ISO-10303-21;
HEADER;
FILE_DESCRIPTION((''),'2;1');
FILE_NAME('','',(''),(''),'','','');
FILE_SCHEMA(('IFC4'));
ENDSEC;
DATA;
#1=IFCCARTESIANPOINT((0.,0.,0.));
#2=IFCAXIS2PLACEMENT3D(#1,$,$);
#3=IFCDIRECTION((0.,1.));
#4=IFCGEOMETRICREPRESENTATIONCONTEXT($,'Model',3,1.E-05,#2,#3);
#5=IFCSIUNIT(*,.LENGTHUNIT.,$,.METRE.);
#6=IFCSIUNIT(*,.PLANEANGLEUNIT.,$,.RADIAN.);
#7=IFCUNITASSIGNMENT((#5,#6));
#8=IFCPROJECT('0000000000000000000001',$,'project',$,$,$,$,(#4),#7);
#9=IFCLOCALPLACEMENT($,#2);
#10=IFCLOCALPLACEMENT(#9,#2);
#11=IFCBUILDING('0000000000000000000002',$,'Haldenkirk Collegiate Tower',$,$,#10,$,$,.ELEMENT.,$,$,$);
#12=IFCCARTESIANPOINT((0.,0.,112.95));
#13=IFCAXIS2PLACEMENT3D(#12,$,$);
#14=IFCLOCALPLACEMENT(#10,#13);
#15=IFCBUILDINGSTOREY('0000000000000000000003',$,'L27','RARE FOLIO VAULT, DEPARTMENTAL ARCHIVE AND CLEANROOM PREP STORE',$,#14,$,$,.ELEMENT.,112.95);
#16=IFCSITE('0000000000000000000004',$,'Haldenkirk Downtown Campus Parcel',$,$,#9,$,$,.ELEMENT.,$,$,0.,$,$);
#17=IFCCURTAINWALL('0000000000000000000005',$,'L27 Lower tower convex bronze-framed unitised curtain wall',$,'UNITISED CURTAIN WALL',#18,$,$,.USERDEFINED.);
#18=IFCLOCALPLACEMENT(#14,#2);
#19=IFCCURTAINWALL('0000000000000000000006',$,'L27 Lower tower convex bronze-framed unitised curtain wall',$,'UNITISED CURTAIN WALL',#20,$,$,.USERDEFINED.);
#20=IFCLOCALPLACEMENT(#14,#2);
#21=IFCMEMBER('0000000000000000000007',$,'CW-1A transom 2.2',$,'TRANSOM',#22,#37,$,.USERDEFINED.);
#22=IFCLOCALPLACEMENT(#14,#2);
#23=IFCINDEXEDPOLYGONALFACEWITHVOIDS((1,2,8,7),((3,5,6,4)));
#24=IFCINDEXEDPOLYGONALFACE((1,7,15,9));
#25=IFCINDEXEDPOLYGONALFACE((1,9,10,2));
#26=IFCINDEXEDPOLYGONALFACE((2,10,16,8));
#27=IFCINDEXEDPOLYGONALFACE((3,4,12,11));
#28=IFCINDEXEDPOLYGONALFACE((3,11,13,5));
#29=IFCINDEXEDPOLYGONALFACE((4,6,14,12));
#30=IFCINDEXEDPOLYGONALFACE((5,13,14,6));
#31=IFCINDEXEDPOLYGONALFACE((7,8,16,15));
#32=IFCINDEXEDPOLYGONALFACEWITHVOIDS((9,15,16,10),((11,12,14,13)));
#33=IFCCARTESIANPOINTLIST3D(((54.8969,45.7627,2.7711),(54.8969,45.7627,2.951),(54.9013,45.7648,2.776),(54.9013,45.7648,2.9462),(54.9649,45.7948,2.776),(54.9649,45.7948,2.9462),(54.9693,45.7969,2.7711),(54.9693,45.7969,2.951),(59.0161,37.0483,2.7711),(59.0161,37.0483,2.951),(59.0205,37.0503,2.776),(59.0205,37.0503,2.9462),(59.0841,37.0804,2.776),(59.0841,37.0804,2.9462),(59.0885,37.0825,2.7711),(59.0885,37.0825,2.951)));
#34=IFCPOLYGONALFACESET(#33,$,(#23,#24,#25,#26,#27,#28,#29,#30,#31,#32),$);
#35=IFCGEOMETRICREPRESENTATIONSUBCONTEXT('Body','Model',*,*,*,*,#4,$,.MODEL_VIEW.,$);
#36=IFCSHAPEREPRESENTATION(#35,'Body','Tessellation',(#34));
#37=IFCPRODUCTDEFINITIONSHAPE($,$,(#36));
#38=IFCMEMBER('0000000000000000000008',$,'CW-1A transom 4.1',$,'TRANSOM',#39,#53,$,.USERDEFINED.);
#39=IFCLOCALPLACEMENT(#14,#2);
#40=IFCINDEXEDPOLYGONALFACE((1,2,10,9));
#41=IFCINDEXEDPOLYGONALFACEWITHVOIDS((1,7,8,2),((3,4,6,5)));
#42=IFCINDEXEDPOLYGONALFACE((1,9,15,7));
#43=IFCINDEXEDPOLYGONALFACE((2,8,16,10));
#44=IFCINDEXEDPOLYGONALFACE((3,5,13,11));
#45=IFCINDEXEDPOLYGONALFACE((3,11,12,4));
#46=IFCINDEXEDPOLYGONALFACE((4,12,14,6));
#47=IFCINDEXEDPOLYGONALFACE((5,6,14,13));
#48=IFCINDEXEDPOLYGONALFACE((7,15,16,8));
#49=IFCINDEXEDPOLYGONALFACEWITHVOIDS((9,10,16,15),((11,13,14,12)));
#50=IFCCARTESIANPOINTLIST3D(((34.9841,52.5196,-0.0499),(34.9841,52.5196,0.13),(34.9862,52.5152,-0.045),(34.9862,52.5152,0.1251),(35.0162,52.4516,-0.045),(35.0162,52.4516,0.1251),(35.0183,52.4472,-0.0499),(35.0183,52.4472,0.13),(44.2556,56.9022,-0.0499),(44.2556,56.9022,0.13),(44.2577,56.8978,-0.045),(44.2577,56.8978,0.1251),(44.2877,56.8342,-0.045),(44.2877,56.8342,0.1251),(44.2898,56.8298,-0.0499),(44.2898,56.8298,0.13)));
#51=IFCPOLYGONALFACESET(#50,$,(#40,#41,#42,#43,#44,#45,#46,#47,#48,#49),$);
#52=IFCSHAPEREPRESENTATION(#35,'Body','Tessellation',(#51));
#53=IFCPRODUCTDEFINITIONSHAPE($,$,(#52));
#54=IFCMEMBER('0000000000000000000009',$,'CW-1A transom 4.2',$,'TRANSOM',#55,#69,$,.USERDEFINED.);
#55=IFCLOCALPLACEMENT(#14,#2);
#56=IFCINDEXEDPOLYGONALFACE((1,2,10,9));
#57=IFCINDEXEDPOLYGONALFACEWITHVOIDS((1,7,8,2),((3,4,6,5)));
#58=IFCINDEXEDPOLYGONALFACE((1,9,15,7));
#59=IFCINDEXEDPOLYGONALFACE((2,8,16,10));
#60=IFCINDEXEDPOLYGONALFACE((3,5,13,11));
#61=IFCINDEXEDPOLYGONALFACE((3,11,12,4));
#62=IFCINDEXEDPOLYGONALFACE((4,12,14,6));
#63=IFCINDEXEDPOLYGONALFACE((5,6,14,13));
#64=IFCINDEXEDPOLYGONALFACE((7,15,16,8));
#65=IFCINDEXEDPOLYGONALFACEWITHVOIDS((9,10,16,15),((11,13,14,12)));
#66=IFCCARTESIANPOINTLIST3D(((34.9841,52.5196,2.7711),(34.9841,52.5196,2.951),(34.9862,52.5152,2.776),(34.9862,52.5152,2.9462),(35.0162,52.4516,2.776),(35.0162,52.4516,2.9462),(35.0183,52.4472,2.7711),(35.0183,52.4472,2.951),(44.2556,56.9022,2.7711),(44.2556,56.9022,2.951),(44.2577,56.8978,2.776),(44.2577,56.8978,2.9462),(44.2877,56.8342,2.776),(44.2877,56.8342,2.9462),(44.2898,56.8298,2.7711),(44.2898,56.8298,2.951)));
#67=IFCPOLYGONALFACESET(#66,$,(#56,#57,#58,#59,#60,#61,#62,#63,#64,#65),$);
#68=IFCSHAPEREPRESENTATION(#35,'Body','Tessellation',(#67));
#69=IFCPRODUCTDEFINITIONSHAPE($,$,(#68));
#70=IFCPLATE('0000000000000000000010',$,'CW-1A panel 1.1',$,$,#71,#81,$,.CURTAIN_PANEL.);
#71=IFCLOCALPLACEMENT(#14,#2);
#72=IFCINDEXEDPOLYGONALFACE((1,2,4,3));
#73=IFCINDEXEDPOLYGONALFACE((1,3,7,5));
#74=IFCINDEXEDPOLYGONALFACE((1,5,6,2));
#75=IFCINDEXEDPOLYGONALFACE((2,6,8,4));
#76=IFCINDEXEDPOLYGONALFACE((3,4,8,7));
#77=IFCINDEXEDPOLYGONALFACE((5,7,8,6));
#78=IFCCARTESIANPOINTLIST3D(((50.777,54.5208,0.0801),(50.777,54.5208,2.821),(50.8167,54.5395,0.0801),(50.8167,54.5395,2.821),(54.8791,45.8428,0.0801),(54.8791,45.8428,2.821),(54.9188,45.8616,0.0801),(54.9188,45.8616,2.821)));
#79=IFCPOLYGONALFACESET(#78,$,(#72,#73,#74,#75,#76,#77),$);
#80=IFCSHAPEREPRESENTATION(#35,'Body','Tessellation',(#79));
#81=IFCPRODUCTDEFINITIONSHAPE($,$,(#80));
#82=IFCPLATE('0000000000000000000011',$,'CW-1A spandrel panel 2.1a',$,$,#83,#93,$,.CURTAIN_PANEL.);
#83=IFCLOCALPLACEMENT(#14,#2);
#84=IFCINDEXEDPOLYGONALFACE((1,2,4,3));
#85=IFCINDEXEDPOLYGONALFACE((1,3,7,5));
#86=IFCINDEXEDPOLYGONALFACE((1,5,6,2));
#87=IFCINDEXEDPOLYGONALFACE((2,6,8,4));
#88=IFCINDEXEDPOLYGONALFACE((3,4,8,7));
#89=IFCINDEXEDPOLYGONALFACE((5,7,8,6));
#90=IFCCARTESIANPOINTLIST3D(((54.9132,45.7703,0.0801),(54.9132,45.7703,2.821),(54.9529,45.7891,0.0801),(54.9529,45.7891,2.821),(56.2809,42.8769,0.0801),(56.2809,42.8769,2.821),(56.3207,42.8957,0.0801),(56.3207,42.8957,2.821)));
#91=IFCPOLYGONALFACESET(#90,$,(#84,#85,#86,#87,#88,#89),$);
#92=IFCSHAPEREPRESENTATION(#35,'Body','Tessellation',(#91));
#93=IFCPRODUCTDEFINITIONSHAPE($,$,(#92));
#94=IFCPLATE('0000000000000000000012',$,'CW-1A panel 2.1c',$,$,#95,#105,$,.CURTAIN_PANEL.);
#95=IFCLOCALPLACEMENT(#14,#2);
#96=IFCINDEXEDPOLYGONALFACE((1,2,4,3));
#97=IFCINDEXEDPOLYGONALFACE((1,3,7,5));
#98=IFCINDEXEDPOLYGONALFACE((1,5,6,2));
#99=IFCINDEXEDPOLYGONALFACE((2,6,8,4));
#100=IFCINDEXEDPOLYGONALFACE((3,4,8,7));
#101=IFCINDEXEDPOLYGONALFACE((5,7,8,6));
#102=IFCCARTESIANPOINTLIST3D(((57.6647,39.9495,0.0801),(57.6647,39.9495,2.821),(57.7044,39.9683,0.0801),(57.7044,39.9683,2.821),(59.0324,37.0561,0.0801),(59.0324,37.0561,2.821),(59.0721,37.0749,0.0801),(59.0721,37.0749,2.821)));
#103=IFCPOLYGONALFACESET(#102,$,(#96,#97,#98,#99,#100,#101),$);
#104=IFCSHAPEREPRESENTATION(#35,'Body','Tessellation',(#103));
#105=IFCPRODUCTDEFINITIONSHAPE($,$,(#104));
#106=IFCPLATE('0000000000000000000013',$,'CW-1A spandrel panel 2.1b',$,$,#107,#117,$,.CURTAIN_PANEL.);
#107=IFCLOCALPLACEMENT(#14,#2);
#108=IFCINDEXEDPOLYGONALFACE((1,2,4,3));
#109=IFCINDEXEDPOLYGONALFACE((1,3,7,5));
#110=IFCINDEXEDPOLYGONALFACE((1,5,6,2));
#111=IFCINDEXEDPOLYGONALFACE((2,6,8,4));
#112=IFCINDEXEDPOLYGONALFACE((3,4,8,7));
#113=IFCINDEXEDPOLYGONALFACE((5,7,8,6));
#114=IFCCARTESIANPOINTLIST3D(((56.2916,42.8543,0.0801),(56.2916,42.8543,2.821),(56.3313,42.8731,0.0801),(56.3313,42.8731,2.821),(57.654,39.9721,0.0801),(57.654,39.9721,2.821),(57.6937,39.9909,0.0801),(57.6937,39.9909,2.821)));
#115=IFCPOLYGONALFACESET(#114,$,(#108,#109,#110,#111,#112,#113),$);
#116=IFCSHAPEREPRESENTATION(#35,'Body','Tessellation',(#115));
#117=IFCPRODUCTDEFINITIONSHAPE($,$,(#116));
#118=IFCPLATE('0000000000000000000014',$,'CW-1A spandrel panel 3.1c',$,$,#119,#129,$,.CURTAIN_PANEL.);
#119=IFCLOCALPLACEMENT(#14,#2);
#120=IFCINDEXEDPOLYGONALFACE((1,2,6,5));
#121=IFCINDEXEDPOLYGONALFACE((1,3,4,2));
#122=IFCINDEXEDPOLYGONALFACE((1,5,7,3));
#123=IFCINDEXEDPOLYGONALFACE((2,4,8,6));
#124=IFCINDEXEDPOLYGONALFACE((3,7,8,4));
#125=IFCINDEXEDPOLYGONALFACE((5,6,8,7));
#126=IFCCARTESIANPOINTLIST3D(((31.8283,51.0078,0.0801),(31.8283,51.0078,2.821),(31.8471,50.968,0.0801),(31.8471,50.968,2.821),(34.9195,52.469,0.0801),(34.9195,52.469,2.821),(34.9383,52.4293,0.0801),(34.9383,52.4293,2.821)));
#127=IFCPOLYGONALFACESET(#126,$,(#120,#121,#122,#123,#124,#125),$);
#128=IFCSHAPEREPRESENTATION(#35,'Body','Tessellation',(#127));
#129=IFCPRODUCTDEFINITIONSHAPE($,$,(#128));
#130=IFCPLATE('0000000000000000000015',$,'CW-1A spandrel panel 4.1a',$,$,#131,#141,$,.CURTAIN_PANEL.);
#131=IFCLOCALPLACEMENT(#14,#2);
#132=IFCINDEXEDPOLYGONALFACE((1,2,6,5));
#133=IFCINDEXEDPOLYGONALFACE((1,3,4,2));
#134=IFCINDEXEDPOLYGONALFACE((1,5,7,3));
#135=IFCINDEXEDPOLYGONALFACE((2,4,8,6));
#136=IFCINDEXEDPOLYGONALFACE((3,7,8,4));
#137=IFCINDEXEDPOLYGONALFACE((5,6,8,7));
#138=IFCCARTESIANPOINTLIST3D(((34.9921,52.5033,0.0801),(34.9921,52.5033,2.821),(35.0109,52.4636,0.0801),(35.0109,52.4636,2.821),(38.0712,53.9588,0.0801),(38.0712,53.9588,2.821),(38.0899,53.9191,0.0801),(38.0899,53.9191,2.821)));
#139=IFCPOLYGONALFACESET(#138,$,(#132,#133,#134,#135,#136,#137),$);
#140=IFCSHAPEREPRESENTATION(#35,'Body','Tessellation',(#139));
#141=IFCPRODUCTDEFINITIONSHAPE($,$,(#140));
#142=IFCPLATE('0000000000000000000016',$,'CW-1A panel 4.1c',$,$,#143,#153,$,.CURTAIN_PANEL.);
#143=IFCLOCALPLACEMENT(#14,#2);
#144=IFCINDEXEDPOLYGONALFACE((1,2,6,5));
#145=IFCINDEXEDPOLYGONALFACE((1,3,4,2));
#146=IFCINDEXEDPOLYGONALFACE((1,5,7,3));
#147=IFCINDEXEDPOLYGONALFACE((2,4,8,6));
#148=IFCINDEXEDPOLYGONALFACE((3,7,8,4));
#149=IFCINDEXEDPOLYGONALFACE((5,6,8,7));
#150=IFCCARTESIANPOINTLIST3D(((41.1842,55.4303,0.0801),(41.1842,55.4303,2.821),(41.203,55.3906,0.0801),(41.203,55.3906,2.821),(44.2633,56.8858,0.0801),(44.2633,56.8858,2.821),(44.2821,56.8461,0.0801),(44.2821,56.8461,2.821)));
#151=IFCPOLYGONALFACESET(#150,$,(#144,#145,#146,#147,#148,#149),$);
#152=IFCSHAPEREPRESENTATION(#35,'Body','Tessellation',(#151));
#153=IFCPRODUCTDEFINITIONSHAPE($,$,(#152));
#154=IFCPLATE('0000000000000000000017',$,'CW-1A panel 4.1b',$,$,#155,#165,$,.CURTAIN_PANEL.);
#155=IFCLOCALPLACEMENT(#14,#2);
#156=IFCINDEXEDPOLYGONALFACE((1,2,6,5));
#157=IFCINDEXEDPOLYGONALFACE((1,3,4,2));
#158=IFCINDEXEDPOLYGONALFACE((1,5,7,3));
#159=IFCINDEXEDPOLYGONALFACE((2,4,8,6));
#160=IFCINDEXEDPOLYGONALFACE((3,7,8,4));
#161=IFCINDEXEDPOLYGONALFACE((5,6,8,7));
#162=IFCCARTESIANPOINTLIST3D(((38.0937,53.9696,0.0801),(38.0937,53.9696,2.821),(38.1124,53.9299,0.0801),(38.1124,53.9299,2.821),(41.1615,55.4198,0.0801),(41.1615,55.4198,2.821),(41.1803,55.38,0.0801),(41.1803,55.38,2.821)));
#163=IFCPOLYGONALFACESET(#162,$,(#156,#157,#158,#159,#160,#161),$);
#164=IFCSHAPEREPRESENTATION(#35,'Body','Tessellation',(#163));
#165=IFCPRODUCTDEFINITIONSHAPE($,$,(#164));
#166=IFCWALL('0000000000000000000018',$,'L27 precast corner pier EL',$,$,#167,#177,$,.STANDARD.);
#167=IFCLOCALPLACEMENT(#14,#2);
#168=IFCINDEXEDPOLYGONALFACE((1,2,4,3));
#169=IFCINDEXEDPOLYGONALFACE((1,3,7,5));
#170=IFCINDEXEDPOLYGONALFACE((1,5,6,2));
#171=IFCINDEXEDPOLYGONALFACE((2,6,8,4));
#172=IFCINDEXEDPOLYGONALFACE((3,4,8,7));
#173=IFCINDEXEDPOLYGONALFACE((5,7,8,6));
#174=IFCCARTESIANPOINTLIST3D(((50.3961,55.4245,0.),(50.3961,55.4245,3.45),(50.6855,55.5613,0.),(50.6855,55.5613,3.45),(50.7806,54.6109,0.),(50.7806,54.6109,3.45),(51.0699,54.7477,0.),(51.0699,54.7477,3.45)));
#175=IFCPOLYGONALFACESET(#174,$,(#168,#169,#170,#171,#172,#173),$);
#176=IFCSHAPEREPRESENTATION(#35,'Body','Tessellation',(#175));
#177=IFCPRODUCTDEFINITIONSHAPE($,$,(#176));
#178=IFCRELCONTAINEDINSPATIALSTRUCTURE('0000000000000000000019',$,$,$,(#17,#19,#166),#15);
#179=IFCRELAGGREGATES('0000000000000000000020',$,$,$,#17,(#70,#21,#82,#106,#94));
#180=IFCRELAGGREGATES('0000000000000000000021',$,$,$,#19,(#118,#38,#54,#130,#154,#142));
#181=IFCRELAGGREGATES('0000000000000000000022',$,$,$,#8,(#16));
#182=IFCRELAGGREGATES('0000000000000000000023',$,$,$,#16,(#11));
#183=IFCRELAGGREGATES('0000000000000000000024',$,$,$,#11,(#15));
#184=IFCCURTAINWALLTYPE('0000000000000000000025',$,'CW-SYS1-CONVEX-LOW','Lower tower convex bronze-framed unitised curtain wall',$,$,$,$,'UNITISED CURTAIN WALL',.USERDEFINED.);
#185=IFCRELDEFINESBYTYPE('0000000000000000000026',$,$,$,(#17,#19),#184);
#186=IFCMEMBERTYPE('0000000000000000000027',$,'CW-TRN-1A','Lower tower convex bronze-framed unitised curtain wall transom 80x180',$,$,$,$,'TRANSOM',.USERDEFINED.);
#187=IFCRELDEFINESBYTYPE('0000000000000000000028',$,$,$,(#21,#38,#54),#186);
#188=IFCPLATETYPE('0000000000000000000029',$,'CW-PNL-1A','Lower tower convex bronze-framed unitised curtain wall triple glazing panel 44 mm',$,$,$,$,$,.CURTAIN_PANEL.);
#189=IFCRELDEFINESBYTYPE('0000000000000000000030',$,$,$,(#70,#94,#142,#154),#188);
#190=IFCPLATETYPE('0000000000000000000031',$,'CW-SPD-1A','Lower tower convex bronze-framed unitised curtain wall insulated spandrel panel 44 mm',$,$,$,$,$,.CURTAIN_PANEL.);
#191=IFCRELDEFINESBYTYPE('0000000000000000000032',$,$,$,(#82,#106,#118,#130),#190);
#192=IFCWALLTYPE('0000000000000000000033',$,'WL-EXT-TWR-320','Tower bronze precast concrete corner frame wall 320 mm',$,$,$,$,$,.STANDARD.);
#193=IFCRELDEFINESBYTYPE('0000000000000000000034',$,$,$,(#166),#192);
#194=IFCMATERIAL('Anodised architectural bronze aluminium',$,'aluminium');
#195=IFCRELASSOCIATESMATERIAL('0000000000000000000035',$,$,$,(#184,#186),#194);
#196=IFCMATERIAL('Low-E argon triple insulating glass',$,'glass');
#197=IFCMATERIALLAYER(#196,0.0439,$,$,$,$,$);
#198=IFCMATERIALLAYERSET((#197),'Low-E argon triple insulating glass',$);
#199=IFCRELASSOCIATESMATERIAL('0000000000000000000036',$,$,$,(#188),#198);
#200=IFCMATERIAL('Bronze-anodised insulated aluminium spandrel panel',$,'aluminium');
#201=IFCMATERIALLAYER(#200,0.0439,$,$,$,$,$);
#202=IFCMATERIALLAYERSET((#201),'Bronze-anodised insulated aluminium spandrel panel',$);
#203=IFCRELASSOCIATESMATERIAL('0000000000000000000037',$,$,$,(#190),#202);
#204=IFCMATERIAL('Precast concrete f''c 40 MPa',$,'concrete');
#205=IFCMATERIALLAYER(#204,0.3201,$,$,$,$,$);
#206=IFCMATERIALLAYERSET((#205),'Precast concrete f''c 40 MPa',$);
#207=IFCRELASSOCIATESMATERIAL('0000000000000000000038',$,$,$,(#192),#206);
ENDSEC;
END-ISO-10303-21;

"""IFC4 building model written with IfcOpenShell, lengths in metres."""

from ifc_helpers import new_model, si_unit, direction, frame, frame_2d, origin, origin_2d, place, context, subcontext, project, spatial, rectangle, hollow_rectangle, extrude, source, transform, mapped, material, layer, layer_set, material_profile, profile_set, type_object, element, aggregate, save


model = new_model("IFC4")

# Units and contexts
model_context = context("Model", 3, precision=1e-05, world=origin(), true_north=direction((0.0, 1.0)))
body_context = subcontext(model_context, "Body", "Model", "MODEL_VIEW")
ifc_project = project(units=[si_unit("LENGTHUNIT", "METRE"), si_unit("PLANEANGLEUNIT", "RADIAN")], contexts=[model_context])

# Site, building, storey
site_placement = place(None, origin())
site = spatial("IfcSite", under=ifc_project, at=site_placement, Name="Haldenkirk Downtown Campus Parcel", CompositionType="ELEMENT", RefElevation=0.0)
building_placement = place(site_placement, origin())
building = spatial("IfcBuilding", under=site, at=building_placement, Name="Haldenkirk Collegiate Tower", CompositionType="ELEMENT")
storey_placement = place(building_placement, frame((0.0, 0.0, 112.95)))
storey = spatial("IfcBuildingStorey", under=building, at=storey_placement, Name="L27", Description="RARE FOLIO VAULT, DEPARTMENTAL ARCHIVE AND CLEANROOM PREP STORE", CompositionType="ELEMENT", Elevation=112.95)

# Curtain walls
ifc_material_1 = material(Name="Anodised architectural bronze aluminium", Category="aluminium")
curtain_wall_type = type_object("IfcCurtainWallType", Name="CW-SYS1-CONVEX-LOW", Description="Lower tower convex bronze-framed unitised curtain wall", ElementType="UNITISED CURTAIN WALL", PredefinedType="USERDEFINED", material=ifc_material_1)
curtain_wall_1_placement = place(storey_placement, origin())
curtain_wall_1 = element("IfcCurtainWall", 1, at=curtain_wall_1_placement, inside=storey, type_object=curtain_wall_type, Name="L27 Lower tower convex bronze-framed unitised curtain wall", ObjectType="UNITISED CURTAIN WALL", PredefinedType="USERDEFINED")
curtain_wall_2_placement = place(storey_placement, origin())
curtain_wall_2 = element("IfcCurtainWall", 2, at=curtain_wall_2_placement, inside=storey, type_object=curtain_wall_type, Name="L27 Lower tower convex bronze-framed unitised curtain wall", ObjectType="UNITISED CURTAIN WALL", PredefinedType="USERDEFINED")

# Members
ifc_material_profile_1 = material_profile(ifc_material_1, hollow_rectangle(XDim=0.0801, YDim=0.1799, WallThickness=0.0049, at=origin_2d()), Name="CW-TRN-1A")
ifc_profile_set_1 = profile_set([ifc_material_profile_1], Name="Anodised architectural bronze aluminium")
member_type_1 = type_object("IfcMemberType", Name="CW-TRN-1A", Description="Lower tower convex bronze-framed unitised curtain wall transom 80x180", ElementType="TRANSOM", PredefinedType="USERDEFINED", material=ifc_profile_set_1)
member_1_placement = place(storey_placement, frame((54.9331, 45.7798, 2.8611), z_axis=(0.427348, -0.904087, 0.0), x_axis=(0.904087, 0.427348, 0.0)))
member_1 = element("IfcMember", 3, at=member_1_placement, type_object=member_type_1, Name="CW-1A transom 2.2", ObjectType="TRANSOM", PredefinedType="USERDEFINED", context=body_context, shape_type="SweptSolid", body=[
    extrude(hollow_rectangle(XDim=0.0801, YDim=0.1799, WallThickness=0.0049, at=origin_2d()), origin(), (0.0, 0.0, 1.0), 9.6389),
])
member_2_placement = place(storey_placement, frame((35.0012, 52.4834, 0.04), z_axis=(0.904084, 0.427354, 0.0), x_axis=(-0.427354, 0.904084, 0.0)))
member_2 = element("IfcMember", 4, at=member_2_placement, type_object=member_type_1, Name="CW-1A transom 4.1", ObjectType="TRANSOM", PredefinedType="USERDEFINED", context=body_context, shape_type="SweptSolid", body=[
    extrude(hollow_rectangle(XDim=0.0801, YDim=0.1799, WallThickness=0.0049, at=origin_2d()), origin(), (0.0, 0.0, 1.0), 10.2551),
])
member_3_placement = place(storey_placement, frame((35.0012, 52.4834, 2.8611), z_axis=(0.904084, 0.427354, 0.0), x_axis=(-0.427354, 0.904084, 0.0)))
member_3 = element("IfcMember", 5, at=member_3_placement, type_object=member_type_1, Name="CW-1A transom 4.2", ObjectType="TRANSOM", PredefinedType="USERDEFINED", context=body_context, shape_type="SweptSolid", body=[
    extrude(hollow_rectangle(XDim=0.0801, YDim=0.1799, WallThickness=0.0049, at=origin_2d()), origin(), (0.0, 0.0, 1.0), 10.2551),
])

# Plates
ifc_material_2 = material(Name="Low-E argon triple insulating glass", Category="glass")
ifc_layer_1 = layer(ifc_material_2, 0.0439)
ifc_layer_set_1 = layer_set([ifc_layer_1], Name="Low-E argon triple insulating glass")
plate_type_1 = type_object("IfcPlateType", Name="CW-PNL-1A", Description="Lower tower convex bronze-framed unitised curtain wall triple glazing panel 44 mm", PredefinedType="CURTAIN_PANEL", material=ifc_layer_set_1)
shared_shape_1 = source(origin(), body_context, "Body", "SweptSolid", [
    extrude(rectangle(XDim=9.5986, YDim=0.0439, at=origin_2d()), origin(), (0.0, 0.0, 1.0), 2.741),
])
plate_1_placement = place(storey_placement, frame((52.8479, 50.1912, 0.0801), z_axis=(0.0, 0.0, 1.0), x_axis=(0.427357, -0.904083, 0.0)))
plate_1 = element("IfcPlate", 6, at=plate_1_placement, type_object=plate_type_1, Name="CW-1A panel 1.1", PredefinedType="CURTAIN_PANEL", context=body_context, shape_type="MappedRepresentation", body=[
    mapped(shared_shape_1, transform((0.0, 0.0, 0.0), x_axis=(1.0, 0.0, 0.0), y_axis=(0.0, 1.0, 0.0), z_axis=(0.0, 0.0, 1.0), scale=1.0)),
])
ifc_material_3 = material(Name="Bronze-anodised insulated aluminium spandrel panel", Category="aluminium")
ifc_layer_2 = layer(ifc_material_3, 0.0439)
ifc_layer_set_2 = layer_set([ifc_layer_2], Name="Bronze-anodised insulated aluminium spandrel panel")
plate_type_2 = type_object("IfcPlateType", Name="CW-SPD-1A", Description="Lower tower convex bronze-framed unitised curtain wall insulated spandrel panel 44 mm", PredefinedType="CURTAIN_PANEL", material=ifc_layer_set_2)
shared_shape_2 = source(origin(), body_context, "Body", "SweptSolid", [
    extrude(rectangle(XDim=3.2004, YDim=0.0439, at=origin_2d()), origin(), (0.0, 0.0, 1.0), 2.741),
])
plate_2_placement = place(storey_placement, frame((55.6169, 44.333, 0.0801), z_axis=(0.0, 0.0, 1.0), x_axis=(0.427357, -0.904083, 0.0)))
plate_2 = element("IfcPlate", 7, at=plate_2_placement, type_object=plate_type_2, Name="CW-1A spandrel panel 2.1a", PredefinedType="CURTAIN_PANEL", context=body_context, shape_type="MappedRepresentation", body=[
    mapped(shared_shape_2, transform((0.0, 0.0, 0.0), x_axis=(1.0, 0.0, 0.0), y_axis=(0.0, 1.0, 0.0), z_axis=(0.0, 0.0, 1.0), scale=1.0)),
])
plate_3_placement = place(storey_placement, frame((58.3684, 38.5122, 0.0801), z_axis=(0.0, 0.0, 1.0), x_axis=(0.427357, -0.904083, 0.0)))
plate_3 = element("IfcPlate", 8, at=plate_3_placement, type_object=plate_type_1, Name="CW-1A panel 2.1c", PredefinedType="CURTAIN_PANEL", context=body_context, shape_type="MappedRepresentation", body=[
    mapped(shared_shape_2, transform((0.0, 0.0, 0.0), x_axis=(1.0, 0.0, 0.0), y_axis=(0.0, 1.0, 0.0), z_axis=(0.0, 0.0, 1.0), scale=1.0)),
])
shared_shape_3 = source(origin(), body_context, "Body", "SweptSolid", [
    extrude(rectangle(XDim=3.188, YDim=0.0439, at=origin_2d()), origin(), (0.0, 0.0, 1.0), 2.741),
])
plate_4_placement = place(storey_placement, frame((56.9927, 41.4226, 0.0801), z_axis=(0.0, 0.0, 1.0), x_axis=(0.427357, -0.904083, 0.0)))
plate_4 = element("IfcPlate", 9, at=plate_4_placement, type_object=plate_type_2, Name="CW-1A spandrel panel 2.1b", PredefinedType="CURTAIN_PANEL", context=body_context, shape_type="MappedRepresentation", body=[
    mapped(shared_shape_3, transform((0.0, 0.0, 0.0), x_axis=(1.0, 0.0, 0.0), y_axis=(0.0, 1.0, 0.0), z_axis=(0.0, 0.0, 1.0), scale=1.0)),
])
aggregate(curtain_wall_1, [plate_1, member_1, plate_2, plate_4, plate_3])
shared_shape_4 = source(origin(), body_context, "Body", "SweptSolid", [
    extrude(rectangle(XDim=3.4192, YDim=0.0439, at=origin_2d()), origin(), (0.0, 0.0, 1.0), 2.741),
])
plate_5_placement = place(storey_placement, frame((33.3833, 51.7185, 0.0801), z_axis=(0.0, 0.0, 1.0), x_axis=(0.904082, 0.427359, 0.0)))
plate_5 = element("IfcPlate", 10, at=plate_5_placement, type_object=plate_type_2, Name="CW-1A spandrel panel 3.1c", PredefinedType="CURTAIN_PANEL", context=body_context, shape_type="MappedRepresentation", body=[
    mapped(shared_shape_4, transform((0.0, 0.0, 0.0), x_axis=(1.0, 0.0, 0.0), y_axis=(0.0, 1.0, 0.0), z_axis=(0.0, 0.0, 1.0), scale=1.0)),
])
shared_shape_5 = source(origin(), body_context, "Body", "SweptSolid", [
    extrude(rectangle(XDim=3.4058, YDim=0.0439, at=origin_2d()), origin(), (0.0, 0.0, 1.0), 2.741),
])
plate_6_placement = place(storey_placement, frame((36.541, 53.2112, 0.0801), z_axis=(0.0, 0.0, 1.0), x_axis=(0.904082, 0.427359, 0.0)))
plate_6 = element("IfcPlate", 11, at=plate_6_placement, type_object=plate_type_2, Name="CW-1A spandrel panel 4.1a", PredefinedType="CURTAIN_PANEL", context=body_context, shape_type="MappedRepresentation", body=[
    mapped(shared_shape_5, transform((0.0, 0.0, 0.0), x_axis=(1.0, 0.0, 0.0), y_axis=(0.0, 1.0, 0.0), z_axis=(0.0, 0.0, 1.0), scale=1.0)),
])
plate_7_placement = place(storey_placement, frame((42.7332, 56.1382, 0.0801), z_axis=(0.0, 0.0, 1.0), x_axis=(0.904082, 0.427359, 0.0)))
plate_7 = element("IfcPlate", 12, at=plate_7_placement, type_object=plate_type_1, Name="CW-1A panel 4.1c", PredefinedType="CURTAIN_PANEL", context=body_context, shape_type="MappedRepresentation", body=[
    mapped(shared_shape_5, transform((0.0, 0.0, 0.0), x_axis=(1.0, 0.0, 0.0), y_axis=(0.0, 1.0, 0.0), z_axis=(0.0, 0.0, 1.0), scale=1.0)),
])
shared_shape_6 = source(origin(), body_context, "Body", "SweptSolid", [
    extrude(rectangle(XDim=3.3933, YDim=0.0439, at=origin_2d()), origin(), (0.0, 0.0, 1.0), 2.741),
])
plate_8_placement = place(storey_placement, frame((39.637, 54.6748, 0.0801), z_axis=(0.0, 0.0, 1.0), x_axis=(0.904082, 0.427359, 0.0)))
plate_8 = element("IfcPlate", 13, at=plate_8_placement, type_object=plate_type_1, Name="CW-1A panel 4.1b", PredefinedType="CURTAIN_PANEL", context=body_context, shape_type="MappedRepresentation", body=[
    mapped(shared_shape_6, transform((0.0, 0.0, 0.0), x_axis=(1.0, 0.0, 0.0), y_axis=(0.0, 1.0, 0.0), z_axis=(0.0, 0.0, 1.0), scale=1.0)),
])
aggregate(curtain_wall_2, [plate_5, member_2, member_3, plate_6, plate_8, plate_7])

# Wall
ifc_material_4 = material(Name="Precast concrete f'c 40 MPa", Category="concrete")
ifc_layer_3 = layer(ifc_material_4, 0.3201)
ifc_layer_set_3 = layer_set([ifc_layer_3], Name="Precast concrete f'c 40 MPa")
wall_type = type_object("IfcWallType", Name="WL-EXT-TWR-320", Description="Tower bronze precast concrete corner frame wall 320 mm", PredefinedType="STANDARD", material=ifc_layer_set_3)
wall_1_placement = place(storey_placement, frame((50.5408, 55.4929, 0.0), z_axis=(0.0, 0.0, 1.0), x_axis=(0.427247, -0.904135, 0.0)))
element("IfcWall", 14, at=wall_1_placement, inside=storey, type_object=wall_type, Name="L27 precast corner pier EL", PredefinedType="STANDARD", context=body_context, shape_type="SweptSolid", body=[
    extrude(rectangle(XDim=0.8999, YDim=0.3201, at=frame_2d((0.45, 0.0))), origin(), (0.0, 0.0, 1.0), 3.45),
])

save(model, "model.ifc")
